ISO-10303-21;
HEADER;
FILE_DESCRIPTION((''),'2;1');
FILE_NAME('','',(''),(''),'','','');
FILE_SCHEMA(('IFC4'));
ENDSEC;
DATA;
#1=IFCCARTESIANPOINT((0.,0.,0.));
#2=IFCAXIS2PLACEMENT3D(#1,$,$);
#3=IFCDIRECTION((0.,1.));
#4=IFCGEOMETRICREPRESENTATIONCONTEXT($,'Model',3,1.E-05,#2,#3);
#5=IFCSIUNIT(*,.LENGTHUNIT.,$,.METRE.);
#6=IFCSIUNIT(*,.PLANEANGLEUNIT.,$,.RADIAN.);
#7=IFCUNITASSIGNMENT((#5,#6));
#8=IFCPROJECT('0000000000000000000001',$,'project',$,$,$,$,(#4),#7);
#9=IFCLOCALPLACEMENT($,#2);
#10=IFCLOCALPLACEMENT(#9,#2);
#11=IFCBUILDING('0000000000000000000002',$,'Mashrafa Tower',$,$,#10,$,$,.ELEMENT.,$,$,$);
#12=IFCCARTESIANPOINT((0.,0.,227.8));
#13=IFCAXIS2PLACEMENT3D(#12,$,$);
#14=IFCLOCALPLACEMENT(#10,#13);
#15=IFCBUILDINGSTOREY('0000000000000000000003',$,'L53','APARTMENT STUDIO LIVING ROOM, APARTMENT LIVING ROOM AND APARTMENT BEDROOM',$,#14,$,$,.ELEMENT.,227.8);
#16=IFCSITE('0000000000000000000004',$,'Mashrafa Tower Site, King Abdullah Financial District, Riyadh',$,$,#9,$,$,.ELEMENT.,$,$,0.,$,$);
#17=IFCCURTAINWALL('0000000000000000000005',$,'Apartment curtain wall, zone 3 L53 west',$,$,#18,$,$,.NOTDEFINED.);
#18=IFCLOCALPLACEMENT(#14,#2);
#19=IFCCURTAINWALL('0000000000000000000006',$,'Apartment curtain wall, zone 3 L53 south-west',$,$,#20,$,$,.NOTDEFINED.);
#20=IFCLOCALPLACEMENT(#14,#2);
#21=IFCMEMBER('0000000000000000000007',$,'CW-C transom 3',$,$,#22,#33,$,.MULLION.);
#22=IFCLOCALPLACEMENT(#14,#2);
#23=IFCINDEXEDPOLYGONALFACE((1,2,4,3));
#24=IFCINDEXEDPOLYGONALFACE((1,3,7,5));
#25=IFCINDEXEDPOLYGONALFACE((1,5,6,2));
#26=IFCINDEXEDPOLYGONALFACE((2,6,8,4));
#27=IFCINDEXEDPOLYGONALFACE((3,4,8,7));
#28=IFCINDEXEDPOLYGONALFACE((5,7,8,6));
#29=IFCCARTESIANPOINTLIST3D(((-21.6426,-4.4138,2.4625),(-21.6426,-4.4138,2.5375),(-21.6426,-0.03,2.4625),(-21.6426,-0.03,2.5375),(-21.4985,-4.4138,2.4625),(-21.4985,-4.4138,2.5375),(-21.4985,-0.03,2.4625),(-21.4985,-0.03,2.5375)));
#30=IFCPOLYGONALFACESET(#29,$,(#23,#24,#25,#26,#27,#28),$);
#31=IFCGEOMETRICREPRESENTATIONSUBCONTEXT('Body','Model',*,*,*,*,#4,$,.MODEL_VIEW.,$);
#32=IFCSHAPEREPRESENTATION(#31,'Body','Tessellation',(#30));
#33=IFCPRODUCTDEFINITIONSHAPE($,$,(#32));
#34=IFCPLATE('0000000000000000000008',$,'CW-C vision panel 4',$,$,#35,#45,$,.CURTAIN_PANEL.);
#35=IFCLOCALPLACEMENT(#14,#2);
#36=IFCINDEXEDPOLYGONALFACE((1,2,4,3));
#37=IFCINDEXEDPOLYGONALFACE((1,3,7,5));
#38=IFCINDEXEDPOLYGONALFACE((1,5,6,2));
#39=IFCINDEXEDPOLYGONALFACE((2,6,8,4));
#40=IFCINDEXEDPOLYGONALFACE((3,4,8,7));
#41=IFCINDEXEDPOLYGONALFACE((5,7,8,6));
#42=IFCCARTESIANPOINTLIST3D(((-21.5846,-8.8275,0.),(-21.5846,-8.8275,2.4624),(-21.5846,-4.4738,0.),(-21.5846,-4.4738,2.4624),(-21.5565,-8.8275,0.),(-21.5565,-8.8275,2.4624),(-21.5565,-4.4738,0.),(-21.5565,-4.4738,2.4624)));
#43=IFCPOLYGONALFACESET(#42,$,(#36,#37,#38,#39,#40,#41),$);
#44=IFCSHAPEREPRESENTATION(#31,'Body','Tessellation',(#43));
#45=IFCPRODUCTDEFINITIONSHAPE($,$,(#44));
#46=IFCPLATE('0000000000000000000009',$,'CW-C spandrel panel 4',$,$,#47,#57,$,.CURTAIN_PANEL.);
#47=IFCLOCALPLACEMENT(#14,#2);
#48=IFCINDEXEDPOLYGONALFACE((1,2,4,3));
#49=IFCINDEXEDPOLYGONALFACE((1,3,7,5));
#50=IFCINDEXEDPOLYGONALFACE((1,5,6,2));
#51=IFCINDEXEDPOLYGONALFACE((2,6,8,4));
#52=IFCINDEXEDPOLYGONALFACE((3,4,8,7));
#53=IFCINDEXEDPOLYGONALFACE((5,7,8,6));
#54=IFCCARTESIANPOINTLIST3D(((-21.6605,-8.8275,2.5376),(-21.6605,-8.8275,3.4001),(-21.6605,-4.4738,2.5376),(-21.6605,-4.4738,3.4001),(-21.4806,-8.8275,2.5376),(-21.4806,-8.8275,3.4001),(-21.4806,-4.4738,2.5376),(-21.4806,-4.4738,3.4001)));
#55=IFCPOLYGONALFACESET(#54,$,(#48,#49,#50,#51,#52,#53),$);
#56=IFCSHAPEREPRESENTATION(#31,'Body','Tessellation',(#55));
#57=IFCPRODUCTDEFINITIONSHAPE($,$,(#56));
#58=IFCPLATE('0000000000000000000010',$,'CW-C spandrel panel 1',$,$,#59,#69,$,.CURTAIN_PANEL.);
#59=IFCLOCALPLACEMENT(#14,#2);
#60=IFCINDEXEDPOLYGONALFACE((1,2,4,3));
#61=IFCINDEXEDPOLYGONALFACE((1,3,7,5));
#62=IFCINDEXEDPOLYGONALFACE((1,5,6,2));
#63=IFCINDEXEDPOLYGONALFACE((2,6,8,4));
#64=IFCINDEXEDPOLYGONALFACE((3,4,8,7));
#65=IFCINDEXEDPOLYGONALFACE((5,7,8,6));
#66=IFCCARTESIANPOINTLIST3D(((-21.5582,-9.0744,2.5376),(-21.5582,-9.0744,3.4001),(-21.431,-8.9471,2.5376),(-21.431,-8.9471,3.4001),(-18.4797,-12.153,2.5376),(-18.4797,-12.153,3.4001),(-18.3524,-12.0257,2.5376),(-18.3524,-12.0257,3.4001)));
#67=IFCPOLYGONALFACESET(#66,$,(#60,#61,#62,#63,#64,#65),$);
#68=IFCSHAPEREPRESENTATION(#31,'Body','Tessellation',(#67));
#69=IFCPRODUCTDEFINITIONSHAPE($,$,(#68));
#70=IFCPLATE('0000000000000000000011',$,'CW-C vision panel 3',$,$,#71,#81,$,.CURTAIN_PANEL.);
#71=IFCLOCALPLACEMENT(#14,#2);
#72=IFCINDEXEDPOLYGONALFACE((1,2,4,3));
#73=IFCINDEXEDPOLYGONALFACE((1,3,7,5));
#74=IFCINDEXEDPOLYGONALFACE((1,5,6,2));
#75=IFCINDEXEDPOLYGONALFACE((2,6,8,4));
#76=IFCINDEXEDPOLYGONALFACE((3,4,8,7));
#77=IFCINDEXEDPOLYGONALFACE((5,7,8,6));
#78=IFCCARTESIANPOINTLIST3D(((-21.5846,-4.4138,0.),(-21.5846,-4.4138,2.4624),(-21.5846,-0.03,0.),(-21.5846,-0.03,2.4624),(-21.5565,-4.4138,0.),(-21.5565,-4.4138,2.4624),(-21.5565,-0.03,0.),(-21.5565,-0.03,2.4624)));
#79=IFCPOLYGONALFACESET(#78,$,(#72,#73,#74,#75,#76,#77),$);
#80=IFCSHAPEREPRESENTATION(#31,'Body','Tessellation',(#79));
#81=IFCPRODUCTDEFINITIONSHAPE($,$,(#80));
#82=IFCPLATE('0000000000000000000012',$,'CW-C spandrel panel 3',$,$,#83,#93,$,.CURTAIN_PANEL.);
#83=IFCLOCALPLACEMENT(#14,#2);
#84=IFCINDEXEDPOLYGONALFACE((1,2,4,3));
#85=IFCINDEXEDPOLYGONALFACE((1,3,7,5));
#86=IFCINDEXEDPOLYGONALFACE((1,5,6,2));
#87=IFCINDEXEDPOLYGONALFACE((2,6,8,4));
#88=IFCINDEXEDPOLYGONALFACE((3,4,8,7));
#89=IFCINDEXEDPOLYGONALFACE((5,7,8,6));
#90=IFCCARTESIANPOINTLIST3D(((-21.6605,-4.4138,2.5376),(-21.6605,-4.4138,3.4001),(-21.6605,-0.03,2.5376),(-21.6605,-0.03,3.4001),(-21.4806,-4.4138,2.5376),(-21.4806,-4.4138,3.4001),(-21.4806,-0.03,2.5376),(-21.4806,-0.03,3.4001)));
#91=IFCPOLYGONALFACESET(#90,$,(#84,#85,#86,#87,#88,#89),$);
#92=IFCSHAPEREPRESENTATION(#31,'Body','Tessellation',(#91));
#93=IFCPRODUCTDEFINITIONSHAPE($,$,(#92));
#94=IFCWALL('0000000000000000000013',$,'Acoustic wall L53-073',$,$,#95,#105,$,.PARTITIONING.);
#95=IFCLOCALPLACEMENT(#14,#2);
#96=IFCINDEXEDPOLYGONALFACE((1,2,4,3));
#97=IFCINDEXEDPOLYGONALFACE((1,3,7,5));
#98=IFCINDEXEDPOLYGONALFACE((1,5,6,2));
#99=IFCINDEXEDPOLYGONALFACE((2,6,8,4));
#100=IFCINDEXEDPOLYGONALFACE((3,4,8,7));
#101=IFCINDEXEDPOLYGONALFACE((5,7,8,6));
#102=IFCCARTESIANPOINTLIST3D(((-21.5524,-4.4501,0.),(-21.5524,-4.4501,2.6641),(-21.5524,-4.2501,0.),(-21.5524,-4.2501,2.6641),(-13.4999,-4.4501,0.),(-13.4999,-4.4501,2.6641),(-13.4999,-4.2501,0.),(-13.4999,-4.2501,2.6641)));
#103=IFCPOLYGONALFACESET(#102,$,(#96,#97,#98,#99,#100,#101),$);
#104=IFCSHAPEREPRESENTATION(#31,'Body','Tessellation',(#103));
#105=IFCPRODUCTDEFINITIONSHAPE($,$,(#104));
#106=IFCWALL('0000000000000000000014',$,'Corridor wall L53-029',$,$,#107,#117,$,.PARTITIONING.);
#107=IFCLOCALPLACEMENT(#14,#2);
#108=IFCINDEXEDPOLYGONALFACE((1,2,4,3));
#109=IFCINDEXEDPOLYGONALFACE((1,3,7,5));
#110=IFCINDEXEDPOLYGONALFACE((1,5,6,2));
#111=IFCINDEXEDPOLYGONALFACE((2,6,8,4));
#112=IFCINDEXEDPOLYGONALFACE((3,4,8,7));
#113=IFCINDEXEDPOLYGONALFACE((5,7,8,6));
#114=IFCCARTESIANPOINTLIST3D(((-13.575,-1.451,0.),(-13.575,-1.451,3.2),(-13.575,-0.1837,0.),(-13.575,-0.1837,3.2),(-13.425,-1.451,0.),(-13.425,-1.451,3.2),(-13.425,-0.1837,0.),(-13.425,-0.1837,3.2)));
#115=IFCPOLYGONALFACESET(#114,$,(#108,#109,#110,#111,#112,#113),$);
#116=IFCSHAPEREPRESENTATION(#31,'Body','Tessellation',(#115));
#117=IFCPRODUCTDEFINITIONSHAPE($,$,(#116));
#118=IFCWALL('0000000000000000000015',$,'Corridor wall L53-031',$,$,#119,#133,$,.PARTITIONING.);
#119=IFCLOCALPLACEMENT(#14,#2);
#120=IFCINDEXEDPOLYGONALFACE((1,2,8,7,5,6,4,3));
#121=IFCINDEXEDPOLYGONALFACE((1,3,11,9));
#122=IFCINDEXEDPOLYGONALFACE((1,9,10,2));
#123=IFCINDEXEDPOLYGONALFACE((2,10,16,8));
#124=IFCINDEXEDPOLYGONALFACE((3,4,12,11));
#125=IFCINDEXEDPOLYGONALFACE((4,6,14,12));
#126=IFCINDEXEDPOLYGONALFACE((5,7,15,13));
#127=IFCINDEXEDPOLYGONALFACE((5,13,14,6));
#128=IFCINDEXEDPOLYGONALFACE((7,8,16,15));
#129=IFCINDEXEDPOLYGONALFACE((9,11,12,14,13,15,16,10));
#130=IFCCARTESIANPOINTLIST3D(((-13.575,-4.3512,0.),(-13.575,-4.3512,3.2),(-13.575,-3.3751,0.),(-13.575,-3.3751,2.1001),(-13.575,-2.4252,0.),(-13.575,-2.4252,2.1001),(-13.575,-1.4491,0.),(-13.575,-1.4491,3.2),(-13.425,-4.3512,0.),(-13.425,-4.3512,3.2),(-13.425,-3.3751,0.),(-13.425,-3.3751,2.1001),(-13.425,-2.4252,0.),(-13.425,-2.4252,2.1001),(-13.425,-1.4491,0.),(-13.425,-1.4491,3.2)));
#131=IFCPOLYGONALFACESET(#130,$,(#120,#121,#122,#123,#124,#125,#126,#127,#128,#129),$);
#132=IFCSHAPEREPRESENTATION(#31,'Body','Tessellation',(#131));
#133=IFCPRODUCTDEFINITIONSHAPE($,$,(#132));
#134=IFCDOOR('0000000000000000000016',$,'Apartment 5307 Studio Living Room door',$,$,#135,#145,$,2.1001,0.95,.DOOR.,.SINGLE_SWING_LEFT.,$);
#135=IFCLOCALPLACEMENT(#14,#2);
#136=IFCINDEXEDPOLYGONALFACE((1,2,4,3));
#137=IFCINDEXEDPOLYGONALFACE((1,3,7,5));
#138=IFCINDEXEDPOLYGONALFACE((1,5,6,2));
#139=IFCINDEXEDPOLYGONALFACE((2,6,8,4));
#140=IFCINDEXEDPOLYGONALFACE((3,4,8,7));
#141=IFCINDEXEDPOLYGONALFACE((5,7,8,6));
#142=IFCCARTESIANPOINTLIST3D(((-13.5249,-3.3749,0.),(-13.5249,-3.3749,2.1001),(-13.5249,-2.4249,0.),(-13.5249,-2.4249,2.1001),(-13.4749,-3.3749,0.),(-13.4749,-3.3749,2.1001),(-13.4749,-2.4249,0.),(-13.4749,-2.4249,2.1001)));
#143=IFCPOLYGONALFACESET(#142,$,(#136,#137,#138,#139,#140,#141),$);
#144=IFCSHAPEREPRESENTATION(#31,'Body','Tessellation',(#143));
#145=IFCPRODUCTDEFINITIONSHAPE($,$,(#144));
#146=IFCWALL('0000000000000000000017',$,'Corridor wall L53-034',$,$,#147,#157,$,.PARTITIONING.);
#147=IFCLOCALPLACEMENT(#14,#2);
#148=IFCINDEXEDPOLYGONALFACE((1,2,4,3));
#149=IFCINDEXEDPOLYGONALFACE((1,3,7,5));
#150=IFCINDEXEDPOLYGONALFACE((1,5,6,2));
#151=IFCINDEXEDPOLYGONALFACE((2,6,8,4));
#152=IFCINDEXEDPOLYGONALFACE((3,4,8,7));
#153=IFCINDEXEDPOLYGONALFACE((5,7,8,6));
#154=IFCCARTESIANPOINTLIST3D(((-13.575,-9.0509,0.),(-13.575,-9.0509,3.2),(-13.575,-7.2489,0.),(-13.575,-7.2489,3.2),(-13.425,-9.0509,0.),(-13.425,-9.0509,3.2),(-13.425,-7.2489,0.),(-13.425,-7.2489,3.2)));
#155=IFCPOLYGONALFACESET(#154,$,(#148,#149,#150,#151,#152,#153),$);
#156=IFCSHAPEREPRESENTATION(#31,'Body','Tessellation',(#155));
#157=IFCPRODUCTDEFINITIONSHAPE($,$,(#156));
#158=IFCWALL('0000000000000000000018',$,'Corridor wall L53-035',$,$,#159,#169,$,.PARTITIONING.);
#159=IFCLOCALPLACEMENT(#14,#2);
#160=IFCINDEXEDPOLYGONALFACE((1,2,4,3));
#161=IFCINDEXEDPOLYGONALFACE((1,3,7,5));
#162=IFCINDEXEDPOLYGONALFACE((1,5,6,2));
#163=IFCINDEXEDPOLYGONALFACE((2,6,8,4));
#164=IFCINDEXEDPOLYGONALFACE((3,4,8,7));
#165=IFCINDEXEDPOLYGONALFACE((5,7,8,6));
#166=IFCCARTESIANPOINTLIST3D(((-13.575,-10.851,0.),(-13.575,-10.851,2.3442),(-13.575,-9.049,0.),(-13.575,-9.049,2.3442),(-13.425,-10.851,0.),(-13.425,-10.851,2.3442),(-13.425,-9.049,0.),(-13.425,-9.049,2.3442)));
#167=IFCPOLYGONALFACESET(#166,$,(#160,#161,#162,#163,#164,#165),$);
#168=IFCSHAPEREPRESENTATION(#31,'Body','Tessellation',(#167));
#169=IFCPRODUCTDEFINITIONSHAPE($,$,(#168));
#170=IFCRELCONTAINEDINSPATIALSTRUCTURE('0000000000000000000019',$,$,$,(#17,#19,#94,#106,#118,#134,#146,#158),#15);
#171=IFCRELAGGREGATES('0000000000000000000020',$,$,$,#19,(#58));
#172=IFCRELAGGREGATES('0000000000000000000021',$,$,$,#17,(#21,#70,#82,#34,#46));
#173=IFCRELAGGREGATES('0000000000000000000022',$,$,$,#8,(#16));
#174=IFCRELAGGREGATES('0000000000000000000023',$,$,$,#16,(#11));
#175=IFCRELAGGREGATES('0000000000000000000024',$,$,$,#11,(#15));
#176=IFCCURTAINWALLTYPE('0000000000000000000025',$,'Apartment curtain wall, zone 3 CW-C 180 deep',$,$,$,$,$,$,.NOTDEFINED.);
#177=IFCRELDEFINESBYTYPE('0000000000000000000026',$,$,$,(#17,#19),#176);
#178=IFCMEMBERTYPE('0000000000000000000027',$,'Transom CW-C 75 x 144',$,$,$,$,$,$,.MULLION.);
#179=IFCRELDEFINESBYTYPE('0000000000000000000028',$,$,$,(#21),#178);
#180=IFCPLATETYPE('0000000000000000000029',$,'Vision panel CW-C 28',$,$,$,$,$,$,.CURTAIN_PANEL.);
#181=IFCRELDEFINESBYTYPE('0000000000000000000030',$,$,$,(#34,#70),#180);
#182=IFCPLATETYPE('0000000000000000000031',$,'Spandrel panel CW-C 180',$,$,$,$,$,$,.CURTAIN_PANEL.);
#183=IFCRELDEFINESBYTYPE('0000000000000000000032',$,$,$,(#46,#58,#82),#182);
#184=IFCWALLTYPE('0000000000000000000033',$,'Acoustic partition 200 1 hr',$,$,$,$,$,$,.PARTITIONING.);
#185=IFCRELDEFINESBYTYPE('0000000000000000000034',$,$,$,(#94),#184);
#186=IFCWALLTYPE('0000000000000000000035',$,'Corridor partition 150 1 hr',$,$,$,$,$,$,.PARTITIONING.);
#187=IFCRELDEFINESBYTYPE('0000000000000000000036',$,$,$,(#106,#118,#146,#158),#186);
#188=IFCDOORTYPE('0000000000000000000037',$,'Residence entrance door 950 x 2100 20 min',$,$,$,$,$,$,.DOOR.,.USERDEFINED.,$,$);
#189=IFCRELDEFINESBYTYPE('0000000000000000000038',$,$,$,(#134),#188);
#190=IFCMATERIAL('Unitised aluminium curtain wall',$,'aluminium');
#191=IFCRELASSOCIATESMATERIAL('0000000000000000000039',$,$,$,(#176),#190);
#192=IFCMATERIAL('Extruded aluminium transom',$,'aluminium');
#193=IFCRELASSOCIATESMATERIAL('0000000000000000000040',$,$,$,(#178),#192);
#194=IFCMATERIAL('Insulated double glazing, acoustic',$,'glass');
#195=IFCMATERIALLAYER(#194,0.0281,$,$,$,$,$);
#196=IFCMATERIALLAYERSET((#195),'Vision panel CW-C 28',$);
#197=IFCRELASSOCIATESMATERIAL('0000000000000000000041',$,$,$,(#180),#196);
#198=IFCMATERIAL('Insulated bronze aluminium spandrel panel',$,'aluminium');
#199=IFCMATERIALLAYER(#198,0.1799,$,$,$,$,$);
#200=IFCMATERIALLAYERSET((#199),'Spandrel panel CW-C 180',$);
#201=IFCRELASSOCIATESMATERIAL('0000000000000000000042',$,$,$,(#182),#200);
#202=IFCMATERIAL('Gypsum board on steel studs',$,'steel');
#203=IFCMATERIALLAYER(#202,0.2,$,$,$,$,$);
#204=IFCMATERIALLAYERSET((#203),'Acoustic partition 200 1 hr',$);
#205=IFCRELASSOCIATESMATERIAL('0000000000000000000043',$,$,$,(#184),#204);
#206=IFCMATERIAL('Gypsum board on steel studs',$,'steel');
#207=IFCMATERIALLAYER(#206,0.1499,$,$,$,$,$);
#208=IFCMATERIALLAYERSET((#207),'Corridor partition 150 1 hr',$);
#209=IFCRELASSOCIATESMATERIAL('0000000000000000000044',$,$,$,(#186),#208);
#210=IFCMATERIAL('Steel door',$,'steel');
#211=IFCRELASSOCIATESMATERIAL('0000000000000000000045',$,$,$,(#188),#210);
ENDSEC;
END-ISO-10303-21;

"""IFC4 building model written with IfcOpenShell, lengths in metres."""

from ifc_helpers import new_model, si_unit, direction, frame, frame_2d, origin, origin_2d, place, context, subcontext, project, spatial, rectangle, extrude, source, transform, mapped, material, layer, layer_set, material_profile, profile_set, type_object, type_shapes, element, fill, aggregate, save


model = new_model("IFC4")

# Units and contexts
model_context = context("Model", 3, precision=1e-05, world=origin(), true_north=direction((0.0, 1.0)))
body_context = subcontext(model_context, "Body", "Model", "MODEL_VIEW")
ifc_project = project(units=[si_unit("LENGTHUNIT", "METRE"), si_unit("PLANEANGLEUNIT", "RADIAN")], contexts=[model_context])

# Site, building, storey
site_placement = place(None, origin())
site = spatial("IfcSite", under=ifc_project, at=site_placement, Name="Mashrafa Tower Site, King Abdullah Financial District, Riyadh", CompositionType="ELEMENT", RefElevation=0.0)
building_placement = place(site_placement, origin())
building = spatial("IfcBuilding", under=site, at=building_placement, Name="Mashrafa Tower", CompositionType="ELEMENT")
storey_placement = place(building_placement, frame((0.0, 0.0, 227.8)))
storey = spatial("IfcBuildingStorey", under=building, at=storey_placement, Name="L53", Description="APARTMENT STUDIO LIVING ROOM, APARTMENT LIVING ROOM AND APARTMENT BEDROOM", CompositionType="ELEMENT", Elevation=227.8)

# Curtain wall
ifc_material_1 = material(Name="Unitised aluminium curtain wall", Category="aluminium")
curtain_wall_type = type_object("IfcCurtainWallType", Name="Apartment curtain wall, zone 3 CW-C 180 deep", PredefinedType="NOTDEFINED", material=ifc_material_1)
curtain_wall_1_placement = place(storey_placement, origin())
curtain_wall_1 = element("IfcCurtainWall", 1, at=curtain_wall_1_placement, inside=storey, type_object=curtain_wall_type, Name="Apartment curtain wall, zone 3 L53 west", PredefinedType="NOTDEFINED")

# Curtain wall
curtain_wall_2_placement = place(storey_placement, origin())
curtain_wall_2 = element("IfcCurtainWall", 2, at=curtain_wall_2_placement, inside=storey, type_object=curtain_wall_type, Name="Apartment curtain wall, zone 3 L53 south-west", PredefinedType="NOTDEFINED")

# Member
ifc_material_2 = material(Name="Extruded aluminium transom", Category="aluminium")
ifc_material_profile_1 = material_profile(ifc_material_2, rectangle(XDim=0.144, YDim=0.075, at=origin_2d()), Name="Transom 75x144")
ifc_profile_set_1 = profile_set([ifc_material_profile_1], Name="Extruded aluminium transom")
member_type_1 = type_object("IfcMemberType", Name="Transom CW-C 75 x 144", PredefinedType="MULLION", material=ifc_profile_set_1)
shared_shape_1 = source(origin(), body_context, "Body", "SweptSolid", [
    extrude(rectangle(XDim=0.144, YDim=0.075, at=origin_2d()), origin(), (0.0, 0.0, 1.0), 4.3838),
])
member_1_placement = place(storey_placement, frame((-21.5706, -0.03, 2.5), z_axis=(0.0, -1.0, 0.0), x_axis=(1.0, 0.0, 0.0)))
member_1 = element("IfcMember", 3, at=member_1_placement, type_object=member_type_1, Name="CW-C transom 3", PredefinedType="MULLION", context=body_context, shape_type="MappedRepresentation", body=[
    mapped(shared_shape_1, transform((0.0, 0.0, 0.0))),
])

# Plates
ifc_material_3 = material(Name="Insulated double glazing, acoustic", Category="glass")
ifc_layer_1 = layer(ifc_material_3, 0.0281)
ifc_layer_set_1 = layer_set([ifc_layer_1], Name="Vision panel CW-C 28")
plate_type_1 = type_object("IfcPlateType", Name="Vision panel CW-C 28", PredefinedType="CURTAIN_PANEL", material=ifc_layer_set_1)
shared_shape_2 = source(origin(), body_context, "Body", "SweptSolid", [
    extrude(rectangle(XDim=4.3538, YDim=0.0281, at=origin_2d()), origin(), (0.0, 0.0, 1.0), 2.4624),
])
plate_1_placement = place(storey_placement, frame((-21.5706, -6.6506, 0.0), z_axis=(0.0, 0.0, 1.0), x_axis=(0.0, -1.0, 0.0)))
plate_1 = element("IfcPlate", 4, at=plate_1_placement, type_object=plate_type_1, Name="CW-C vision panel 4", PredefinedType="CURTAIN_PANEL", context=body_context, shape_type="MappedRepresentation", body=[
    mapped(shared_shape_2, transform((0.0, 0.0, 0.0))),
])
ifc_material_4 = material(Name="Insulated bronze aluminium spandrel panel", Category="aluminium")
ifc_layer_2 = layer(ifc_material_4, 0.1799)
ifc_layer_set_2 = layer_set([ifc_layer_2], Name="Spandrel panel CW-C 180")
plate_type_2 = type_object("IfcPlateType", Name="Spandrel panel CW-C 180", PredefinedType="CURTAIN_PANEL", material=ifc_layer_set_2)
shared_shape_3 = source(origin(), body_context, "Body", "SweptSolid", [
    extrude(rectangle(XDim=4.3538, YDim=0.1799, at=origin_2d()), origin(), (0.0, 0.0, 1.0), 0.8625),
])
plate_2_placement = place(storey_placement, frame((-21.5706, -6.6506, 2.5376), z_axis=(0.0, 0.0, 1.0), x_axis=(0.0, -1.0, 0.0)))
plate_2 = element("IfcPlate", 5, at=plate_2_placement, type_object=plate_type_2, Name="CW-C spandrel panel 4", PredefinedType="CURTAIN_PANEL", context=body_context, shape_type="MappedRepresentation", body=[
    mapped(shared_shape_3, transform((0.0, 0.0, 0.0))),
])
plate_3_placement = place(storey_placement, frame((-19.9553, -10.55, 2.5376), z_axis=(0.0, 0.0, 1.0), x_axis=(0.707107, -0.707107, 0.0)))
plate_3 = element("IfcPlate", 6, at=plate_3_placement, type_object=plate_type_2, Name="CW-C spandrel panel 1", PredefinedType="CURTAIN_PANEL", context=body_context, shape_type="MappedRepresentation", body=[
    mapped(shared_shape_3, transform((0.0, 0.0, 0.0))),
])
aggregate(curtain_wall_2, [plate_3])
shared_shape_4 = source(origin(), body_context, "Body", "SweptSolid", [
    extrude(rectangle(XDim=4.3838, YDim=0.0281, at=origin_2d()), origin(), (0.0, 0.0, 1.0), 2.4624),
])
type_shapes(plate_type_1, [shared_shape_2, shared_shape_4])
plate_4_placement = place(storey_placement, frame((-21.5706, -2.2219, 0.0), z_axis=(0.0, 0.0, 1.0), x_axis=(0.0, -1.0, 0.0)))
plate_4 = element("IfcPlate", 7, at=plate_4_placement, type_object=plate_type_1, Name="CW-C vision panel 3", PredefinedType="CURTAIN_PANEL", context=body_context, shape_type="MappedRepresentation", body=[
    mapped(shared_shape_4, transform((0.0, 0.0, 0.0))),
])
shared_shape_5 = source(origin(), body_context, "Body", "SweptSolid", [
    extrude(rectangle(XDim=4.3838, YDim=0.1799, at=origin_2d()), origin(), (0.0, 0.0, 1.0), 0.8625),
])
type_shapes(plate_type_2, [shared_shape_3, shared_shape_5])
plate_5_placement = place(storey_placement, frame((-21.5706, -2.2219, 2.5376), z_axis=(0.0, 0.0, 1.0), x_axis=(0.0, -1.0, 0.0)))
plate_5 = element("IfcPlate", 8, at=plate_5_placement, type_object=plate_type_2, Name="CW-C spandrel panel 3", PredefinedType="CURTAIN_PANEL", context=body_context, shape_type="MappedRepresentation", body=[
    mapped(shared_shape_5, transform((0.0, 0.0, 0.0))),
])
aggregate(curtain_wall_1, [member_1, plate_4, plate_5, plate_1, plate_2])

# Walls
ifc_material_5 = material(Name="Gypsum board on steel studs", Category="steel")
ifc_layer_3 = layer(ifc_material_5, 0.2)
ifc_layer_set_3 = layer_set([ifc_layer_3], Name="Acoustic partition 200 1 hr")
wall_type_1 = type_object("IfcWallType", Name="Acoustic partition 200 1 hr", PredefinedType="PARTITIONING", material=ifc_layer_set_3)
wall_1_placement = place(storey_placement, frame((-21.5525, -4.3501, 0.0), z_axis=(0.0, 0.0, 1.0), x_axis=(1.0, 0.0, 0.0)))
element("IfcWall", 9, at=wall_1_placement, inside=storey, type_object=wall_type_1, Name="Acoustic wall L53-073", PredefinedType="PARTITIONING", context=body_context, shape_type="SweptSolid", body=[
    extrude(rectangle(XDim=8.0525, YDim=0.2, at=frame_2d((4.0264, 0.0))), origin(), (0.0, 0.0, 1.0), 2.6641),
])
ifc_material_6 = material(Name="Gypsum board on steel studs", Category="steel")
ifc_layer_4 = layer(ifc_material_6, 0.1499)
ifc_layer_set_4 = layer_set([ifc_layer_4], Name="Corridor partition 150 1 hr")
wall_type_2 = type_object("IfcWallType", Name="Corridor partition 150 1 hr", PredefinedType="PARTITIONING", material=ifc_layer_set_4)
wall_2_placement = place(storey_placement, frame((-13.5, -0.1836, 0.0), z_axis=(0.0, 0.0, 1.0), x_axis=(0.0, -1.0, 0.0)))
element("IfcWall", 10, at=wall_2_placement, inside=storey, type_object=wall_type_2, Name="Corridor wall L53-029", PredefinedType="PARTITIONING", context=body_context, shape_type="SweptSolid", body=[
    extrude(rectangle(XDim=1.2673, YDim=0.1499, at=frame_2d((0.6338, 0.0))), origin(), (0.0, 0.0, 1.0), 3.2),
])

# Wall, opening, door
wall_3_placement = place(storey_placement, frame((-13.5, -1.449, 0.0), z_axis=(0.0, 0.0, 1.0), x_axis=(0.0, -1.0, 0.0)))
wall_3 = element("IfcWall", 11, at=wall_3_placement, inside=storey, type_object=wall_type_2, Name="Corridor wall L53-031", PredefinedType="PARTITIONING", context=body_context, shape_type="SweptSolid", body=[
    extrude(rectangle(XDim=2.9021, YDim=0.1499, at=frame_2d((1.4512, 0.0))), origin(), (0.0, 0.0, 1.0), 3.2),
])
opening_1_placement = place(wall_3_placement, frame((0.9761, 0.0, 0.0)))
opening_1 = element("IfcOpeningElement", 12, at=opening_1_placement, cuts=wall_3, PredefinedType="OPENING", context=body_context, shape_type="SweptSolid", body=[
    extrude(rectangle(XDim=0.95, YDim=2.1001, at=frame_2d((0.4751, 1.05))), frame((0.0, 0.085, 0.0), z_axis=(0.0, -1.0, 0.0), x_axis=(1.0, 0.0, 0.0)), (0.0, 0.0, 1.0), 0.1699),
])
ifc_material_7 = material(Name="Steel door", Category="steel")
door_type = type_object("IfcDoorType", Name="Residence entrance door 950 x 2100 20 min", OperationType="USERDEFINED", PredefinedType="DOOR", material=ifc_material_7)
door_1_placement = place(opening_1_placement, frame((0.95, 0.0, 0.0), z_axis=(0.0, 0.0, 1.0), x_axis=(-1.0, 0.0, 0.0)))
door_1 = element("IfcDoor", 13, at=door_1_placement, inside=storey, type_object=door_type, Name="Apartment 5307 Studio Living Room door", OperationType="SINGLE_SWING_LEFT", OverallHeight=2.1001, OverallWidth=0.95, PredefinedType="DOOR", context=body_context, shape_type="SweptSolid", body=[
    extrude(rectangle(XDim=0.95, YDim=2.1001, at=frame_2d((0.4751, 1.05))), frame((0.0, 0.0249, 0.0), z_axis=(0.0, -1.0, 0.0), x_axis=(1.0, 0.0, 0.0)), (0.0, 0.0, 1.0), 0.05),
])
fill(opening_1, door_1)

# Walls
wall_4_placement = place(storey_placement, frame((-13.5, -7.249, 0.0), z_axis=(0.0, 0.0, 1.0), x_axis=(0.0, -1.0, 0.0)))
element("IfcWall", 14, at=wall_4_placement, inside=storey, type_object=wall_type_2, Name="Corridor wall L53-034", PredefinedType="PARTITIONING", context=body_context, shape_type="SweptSolid", body=[
    extrude(rectangle(XDim=1.802, YDim=0.1499, at=frame_2d((0.9009, 0.0))), origin(), (0.0, 0.0, 1.0), 3.2),
])
wall_5_placement = place(storey_placement, frame((-13.5, -9.0491, 0.0), z_axis=(0.0, 0.0, 1.0), x_axis=(0.0, -1.0, 0.0)))
element("IfcWall", 15, at=wall_5_placement, inside=storey, type_object=wall_type_2, Name="Corridor wall L53-035", PredefinedType="PARTITIONING", context=body_context, shape_type="SweptSolid", body=[
    extrude(rectangle(XDim=1.802, YDim=0.1499, at=frame_2d((0.9009, 0.0))), origin(), (0.0, 0.0, 1.0), 2.3442),
])

save(model, "model.ifc")
